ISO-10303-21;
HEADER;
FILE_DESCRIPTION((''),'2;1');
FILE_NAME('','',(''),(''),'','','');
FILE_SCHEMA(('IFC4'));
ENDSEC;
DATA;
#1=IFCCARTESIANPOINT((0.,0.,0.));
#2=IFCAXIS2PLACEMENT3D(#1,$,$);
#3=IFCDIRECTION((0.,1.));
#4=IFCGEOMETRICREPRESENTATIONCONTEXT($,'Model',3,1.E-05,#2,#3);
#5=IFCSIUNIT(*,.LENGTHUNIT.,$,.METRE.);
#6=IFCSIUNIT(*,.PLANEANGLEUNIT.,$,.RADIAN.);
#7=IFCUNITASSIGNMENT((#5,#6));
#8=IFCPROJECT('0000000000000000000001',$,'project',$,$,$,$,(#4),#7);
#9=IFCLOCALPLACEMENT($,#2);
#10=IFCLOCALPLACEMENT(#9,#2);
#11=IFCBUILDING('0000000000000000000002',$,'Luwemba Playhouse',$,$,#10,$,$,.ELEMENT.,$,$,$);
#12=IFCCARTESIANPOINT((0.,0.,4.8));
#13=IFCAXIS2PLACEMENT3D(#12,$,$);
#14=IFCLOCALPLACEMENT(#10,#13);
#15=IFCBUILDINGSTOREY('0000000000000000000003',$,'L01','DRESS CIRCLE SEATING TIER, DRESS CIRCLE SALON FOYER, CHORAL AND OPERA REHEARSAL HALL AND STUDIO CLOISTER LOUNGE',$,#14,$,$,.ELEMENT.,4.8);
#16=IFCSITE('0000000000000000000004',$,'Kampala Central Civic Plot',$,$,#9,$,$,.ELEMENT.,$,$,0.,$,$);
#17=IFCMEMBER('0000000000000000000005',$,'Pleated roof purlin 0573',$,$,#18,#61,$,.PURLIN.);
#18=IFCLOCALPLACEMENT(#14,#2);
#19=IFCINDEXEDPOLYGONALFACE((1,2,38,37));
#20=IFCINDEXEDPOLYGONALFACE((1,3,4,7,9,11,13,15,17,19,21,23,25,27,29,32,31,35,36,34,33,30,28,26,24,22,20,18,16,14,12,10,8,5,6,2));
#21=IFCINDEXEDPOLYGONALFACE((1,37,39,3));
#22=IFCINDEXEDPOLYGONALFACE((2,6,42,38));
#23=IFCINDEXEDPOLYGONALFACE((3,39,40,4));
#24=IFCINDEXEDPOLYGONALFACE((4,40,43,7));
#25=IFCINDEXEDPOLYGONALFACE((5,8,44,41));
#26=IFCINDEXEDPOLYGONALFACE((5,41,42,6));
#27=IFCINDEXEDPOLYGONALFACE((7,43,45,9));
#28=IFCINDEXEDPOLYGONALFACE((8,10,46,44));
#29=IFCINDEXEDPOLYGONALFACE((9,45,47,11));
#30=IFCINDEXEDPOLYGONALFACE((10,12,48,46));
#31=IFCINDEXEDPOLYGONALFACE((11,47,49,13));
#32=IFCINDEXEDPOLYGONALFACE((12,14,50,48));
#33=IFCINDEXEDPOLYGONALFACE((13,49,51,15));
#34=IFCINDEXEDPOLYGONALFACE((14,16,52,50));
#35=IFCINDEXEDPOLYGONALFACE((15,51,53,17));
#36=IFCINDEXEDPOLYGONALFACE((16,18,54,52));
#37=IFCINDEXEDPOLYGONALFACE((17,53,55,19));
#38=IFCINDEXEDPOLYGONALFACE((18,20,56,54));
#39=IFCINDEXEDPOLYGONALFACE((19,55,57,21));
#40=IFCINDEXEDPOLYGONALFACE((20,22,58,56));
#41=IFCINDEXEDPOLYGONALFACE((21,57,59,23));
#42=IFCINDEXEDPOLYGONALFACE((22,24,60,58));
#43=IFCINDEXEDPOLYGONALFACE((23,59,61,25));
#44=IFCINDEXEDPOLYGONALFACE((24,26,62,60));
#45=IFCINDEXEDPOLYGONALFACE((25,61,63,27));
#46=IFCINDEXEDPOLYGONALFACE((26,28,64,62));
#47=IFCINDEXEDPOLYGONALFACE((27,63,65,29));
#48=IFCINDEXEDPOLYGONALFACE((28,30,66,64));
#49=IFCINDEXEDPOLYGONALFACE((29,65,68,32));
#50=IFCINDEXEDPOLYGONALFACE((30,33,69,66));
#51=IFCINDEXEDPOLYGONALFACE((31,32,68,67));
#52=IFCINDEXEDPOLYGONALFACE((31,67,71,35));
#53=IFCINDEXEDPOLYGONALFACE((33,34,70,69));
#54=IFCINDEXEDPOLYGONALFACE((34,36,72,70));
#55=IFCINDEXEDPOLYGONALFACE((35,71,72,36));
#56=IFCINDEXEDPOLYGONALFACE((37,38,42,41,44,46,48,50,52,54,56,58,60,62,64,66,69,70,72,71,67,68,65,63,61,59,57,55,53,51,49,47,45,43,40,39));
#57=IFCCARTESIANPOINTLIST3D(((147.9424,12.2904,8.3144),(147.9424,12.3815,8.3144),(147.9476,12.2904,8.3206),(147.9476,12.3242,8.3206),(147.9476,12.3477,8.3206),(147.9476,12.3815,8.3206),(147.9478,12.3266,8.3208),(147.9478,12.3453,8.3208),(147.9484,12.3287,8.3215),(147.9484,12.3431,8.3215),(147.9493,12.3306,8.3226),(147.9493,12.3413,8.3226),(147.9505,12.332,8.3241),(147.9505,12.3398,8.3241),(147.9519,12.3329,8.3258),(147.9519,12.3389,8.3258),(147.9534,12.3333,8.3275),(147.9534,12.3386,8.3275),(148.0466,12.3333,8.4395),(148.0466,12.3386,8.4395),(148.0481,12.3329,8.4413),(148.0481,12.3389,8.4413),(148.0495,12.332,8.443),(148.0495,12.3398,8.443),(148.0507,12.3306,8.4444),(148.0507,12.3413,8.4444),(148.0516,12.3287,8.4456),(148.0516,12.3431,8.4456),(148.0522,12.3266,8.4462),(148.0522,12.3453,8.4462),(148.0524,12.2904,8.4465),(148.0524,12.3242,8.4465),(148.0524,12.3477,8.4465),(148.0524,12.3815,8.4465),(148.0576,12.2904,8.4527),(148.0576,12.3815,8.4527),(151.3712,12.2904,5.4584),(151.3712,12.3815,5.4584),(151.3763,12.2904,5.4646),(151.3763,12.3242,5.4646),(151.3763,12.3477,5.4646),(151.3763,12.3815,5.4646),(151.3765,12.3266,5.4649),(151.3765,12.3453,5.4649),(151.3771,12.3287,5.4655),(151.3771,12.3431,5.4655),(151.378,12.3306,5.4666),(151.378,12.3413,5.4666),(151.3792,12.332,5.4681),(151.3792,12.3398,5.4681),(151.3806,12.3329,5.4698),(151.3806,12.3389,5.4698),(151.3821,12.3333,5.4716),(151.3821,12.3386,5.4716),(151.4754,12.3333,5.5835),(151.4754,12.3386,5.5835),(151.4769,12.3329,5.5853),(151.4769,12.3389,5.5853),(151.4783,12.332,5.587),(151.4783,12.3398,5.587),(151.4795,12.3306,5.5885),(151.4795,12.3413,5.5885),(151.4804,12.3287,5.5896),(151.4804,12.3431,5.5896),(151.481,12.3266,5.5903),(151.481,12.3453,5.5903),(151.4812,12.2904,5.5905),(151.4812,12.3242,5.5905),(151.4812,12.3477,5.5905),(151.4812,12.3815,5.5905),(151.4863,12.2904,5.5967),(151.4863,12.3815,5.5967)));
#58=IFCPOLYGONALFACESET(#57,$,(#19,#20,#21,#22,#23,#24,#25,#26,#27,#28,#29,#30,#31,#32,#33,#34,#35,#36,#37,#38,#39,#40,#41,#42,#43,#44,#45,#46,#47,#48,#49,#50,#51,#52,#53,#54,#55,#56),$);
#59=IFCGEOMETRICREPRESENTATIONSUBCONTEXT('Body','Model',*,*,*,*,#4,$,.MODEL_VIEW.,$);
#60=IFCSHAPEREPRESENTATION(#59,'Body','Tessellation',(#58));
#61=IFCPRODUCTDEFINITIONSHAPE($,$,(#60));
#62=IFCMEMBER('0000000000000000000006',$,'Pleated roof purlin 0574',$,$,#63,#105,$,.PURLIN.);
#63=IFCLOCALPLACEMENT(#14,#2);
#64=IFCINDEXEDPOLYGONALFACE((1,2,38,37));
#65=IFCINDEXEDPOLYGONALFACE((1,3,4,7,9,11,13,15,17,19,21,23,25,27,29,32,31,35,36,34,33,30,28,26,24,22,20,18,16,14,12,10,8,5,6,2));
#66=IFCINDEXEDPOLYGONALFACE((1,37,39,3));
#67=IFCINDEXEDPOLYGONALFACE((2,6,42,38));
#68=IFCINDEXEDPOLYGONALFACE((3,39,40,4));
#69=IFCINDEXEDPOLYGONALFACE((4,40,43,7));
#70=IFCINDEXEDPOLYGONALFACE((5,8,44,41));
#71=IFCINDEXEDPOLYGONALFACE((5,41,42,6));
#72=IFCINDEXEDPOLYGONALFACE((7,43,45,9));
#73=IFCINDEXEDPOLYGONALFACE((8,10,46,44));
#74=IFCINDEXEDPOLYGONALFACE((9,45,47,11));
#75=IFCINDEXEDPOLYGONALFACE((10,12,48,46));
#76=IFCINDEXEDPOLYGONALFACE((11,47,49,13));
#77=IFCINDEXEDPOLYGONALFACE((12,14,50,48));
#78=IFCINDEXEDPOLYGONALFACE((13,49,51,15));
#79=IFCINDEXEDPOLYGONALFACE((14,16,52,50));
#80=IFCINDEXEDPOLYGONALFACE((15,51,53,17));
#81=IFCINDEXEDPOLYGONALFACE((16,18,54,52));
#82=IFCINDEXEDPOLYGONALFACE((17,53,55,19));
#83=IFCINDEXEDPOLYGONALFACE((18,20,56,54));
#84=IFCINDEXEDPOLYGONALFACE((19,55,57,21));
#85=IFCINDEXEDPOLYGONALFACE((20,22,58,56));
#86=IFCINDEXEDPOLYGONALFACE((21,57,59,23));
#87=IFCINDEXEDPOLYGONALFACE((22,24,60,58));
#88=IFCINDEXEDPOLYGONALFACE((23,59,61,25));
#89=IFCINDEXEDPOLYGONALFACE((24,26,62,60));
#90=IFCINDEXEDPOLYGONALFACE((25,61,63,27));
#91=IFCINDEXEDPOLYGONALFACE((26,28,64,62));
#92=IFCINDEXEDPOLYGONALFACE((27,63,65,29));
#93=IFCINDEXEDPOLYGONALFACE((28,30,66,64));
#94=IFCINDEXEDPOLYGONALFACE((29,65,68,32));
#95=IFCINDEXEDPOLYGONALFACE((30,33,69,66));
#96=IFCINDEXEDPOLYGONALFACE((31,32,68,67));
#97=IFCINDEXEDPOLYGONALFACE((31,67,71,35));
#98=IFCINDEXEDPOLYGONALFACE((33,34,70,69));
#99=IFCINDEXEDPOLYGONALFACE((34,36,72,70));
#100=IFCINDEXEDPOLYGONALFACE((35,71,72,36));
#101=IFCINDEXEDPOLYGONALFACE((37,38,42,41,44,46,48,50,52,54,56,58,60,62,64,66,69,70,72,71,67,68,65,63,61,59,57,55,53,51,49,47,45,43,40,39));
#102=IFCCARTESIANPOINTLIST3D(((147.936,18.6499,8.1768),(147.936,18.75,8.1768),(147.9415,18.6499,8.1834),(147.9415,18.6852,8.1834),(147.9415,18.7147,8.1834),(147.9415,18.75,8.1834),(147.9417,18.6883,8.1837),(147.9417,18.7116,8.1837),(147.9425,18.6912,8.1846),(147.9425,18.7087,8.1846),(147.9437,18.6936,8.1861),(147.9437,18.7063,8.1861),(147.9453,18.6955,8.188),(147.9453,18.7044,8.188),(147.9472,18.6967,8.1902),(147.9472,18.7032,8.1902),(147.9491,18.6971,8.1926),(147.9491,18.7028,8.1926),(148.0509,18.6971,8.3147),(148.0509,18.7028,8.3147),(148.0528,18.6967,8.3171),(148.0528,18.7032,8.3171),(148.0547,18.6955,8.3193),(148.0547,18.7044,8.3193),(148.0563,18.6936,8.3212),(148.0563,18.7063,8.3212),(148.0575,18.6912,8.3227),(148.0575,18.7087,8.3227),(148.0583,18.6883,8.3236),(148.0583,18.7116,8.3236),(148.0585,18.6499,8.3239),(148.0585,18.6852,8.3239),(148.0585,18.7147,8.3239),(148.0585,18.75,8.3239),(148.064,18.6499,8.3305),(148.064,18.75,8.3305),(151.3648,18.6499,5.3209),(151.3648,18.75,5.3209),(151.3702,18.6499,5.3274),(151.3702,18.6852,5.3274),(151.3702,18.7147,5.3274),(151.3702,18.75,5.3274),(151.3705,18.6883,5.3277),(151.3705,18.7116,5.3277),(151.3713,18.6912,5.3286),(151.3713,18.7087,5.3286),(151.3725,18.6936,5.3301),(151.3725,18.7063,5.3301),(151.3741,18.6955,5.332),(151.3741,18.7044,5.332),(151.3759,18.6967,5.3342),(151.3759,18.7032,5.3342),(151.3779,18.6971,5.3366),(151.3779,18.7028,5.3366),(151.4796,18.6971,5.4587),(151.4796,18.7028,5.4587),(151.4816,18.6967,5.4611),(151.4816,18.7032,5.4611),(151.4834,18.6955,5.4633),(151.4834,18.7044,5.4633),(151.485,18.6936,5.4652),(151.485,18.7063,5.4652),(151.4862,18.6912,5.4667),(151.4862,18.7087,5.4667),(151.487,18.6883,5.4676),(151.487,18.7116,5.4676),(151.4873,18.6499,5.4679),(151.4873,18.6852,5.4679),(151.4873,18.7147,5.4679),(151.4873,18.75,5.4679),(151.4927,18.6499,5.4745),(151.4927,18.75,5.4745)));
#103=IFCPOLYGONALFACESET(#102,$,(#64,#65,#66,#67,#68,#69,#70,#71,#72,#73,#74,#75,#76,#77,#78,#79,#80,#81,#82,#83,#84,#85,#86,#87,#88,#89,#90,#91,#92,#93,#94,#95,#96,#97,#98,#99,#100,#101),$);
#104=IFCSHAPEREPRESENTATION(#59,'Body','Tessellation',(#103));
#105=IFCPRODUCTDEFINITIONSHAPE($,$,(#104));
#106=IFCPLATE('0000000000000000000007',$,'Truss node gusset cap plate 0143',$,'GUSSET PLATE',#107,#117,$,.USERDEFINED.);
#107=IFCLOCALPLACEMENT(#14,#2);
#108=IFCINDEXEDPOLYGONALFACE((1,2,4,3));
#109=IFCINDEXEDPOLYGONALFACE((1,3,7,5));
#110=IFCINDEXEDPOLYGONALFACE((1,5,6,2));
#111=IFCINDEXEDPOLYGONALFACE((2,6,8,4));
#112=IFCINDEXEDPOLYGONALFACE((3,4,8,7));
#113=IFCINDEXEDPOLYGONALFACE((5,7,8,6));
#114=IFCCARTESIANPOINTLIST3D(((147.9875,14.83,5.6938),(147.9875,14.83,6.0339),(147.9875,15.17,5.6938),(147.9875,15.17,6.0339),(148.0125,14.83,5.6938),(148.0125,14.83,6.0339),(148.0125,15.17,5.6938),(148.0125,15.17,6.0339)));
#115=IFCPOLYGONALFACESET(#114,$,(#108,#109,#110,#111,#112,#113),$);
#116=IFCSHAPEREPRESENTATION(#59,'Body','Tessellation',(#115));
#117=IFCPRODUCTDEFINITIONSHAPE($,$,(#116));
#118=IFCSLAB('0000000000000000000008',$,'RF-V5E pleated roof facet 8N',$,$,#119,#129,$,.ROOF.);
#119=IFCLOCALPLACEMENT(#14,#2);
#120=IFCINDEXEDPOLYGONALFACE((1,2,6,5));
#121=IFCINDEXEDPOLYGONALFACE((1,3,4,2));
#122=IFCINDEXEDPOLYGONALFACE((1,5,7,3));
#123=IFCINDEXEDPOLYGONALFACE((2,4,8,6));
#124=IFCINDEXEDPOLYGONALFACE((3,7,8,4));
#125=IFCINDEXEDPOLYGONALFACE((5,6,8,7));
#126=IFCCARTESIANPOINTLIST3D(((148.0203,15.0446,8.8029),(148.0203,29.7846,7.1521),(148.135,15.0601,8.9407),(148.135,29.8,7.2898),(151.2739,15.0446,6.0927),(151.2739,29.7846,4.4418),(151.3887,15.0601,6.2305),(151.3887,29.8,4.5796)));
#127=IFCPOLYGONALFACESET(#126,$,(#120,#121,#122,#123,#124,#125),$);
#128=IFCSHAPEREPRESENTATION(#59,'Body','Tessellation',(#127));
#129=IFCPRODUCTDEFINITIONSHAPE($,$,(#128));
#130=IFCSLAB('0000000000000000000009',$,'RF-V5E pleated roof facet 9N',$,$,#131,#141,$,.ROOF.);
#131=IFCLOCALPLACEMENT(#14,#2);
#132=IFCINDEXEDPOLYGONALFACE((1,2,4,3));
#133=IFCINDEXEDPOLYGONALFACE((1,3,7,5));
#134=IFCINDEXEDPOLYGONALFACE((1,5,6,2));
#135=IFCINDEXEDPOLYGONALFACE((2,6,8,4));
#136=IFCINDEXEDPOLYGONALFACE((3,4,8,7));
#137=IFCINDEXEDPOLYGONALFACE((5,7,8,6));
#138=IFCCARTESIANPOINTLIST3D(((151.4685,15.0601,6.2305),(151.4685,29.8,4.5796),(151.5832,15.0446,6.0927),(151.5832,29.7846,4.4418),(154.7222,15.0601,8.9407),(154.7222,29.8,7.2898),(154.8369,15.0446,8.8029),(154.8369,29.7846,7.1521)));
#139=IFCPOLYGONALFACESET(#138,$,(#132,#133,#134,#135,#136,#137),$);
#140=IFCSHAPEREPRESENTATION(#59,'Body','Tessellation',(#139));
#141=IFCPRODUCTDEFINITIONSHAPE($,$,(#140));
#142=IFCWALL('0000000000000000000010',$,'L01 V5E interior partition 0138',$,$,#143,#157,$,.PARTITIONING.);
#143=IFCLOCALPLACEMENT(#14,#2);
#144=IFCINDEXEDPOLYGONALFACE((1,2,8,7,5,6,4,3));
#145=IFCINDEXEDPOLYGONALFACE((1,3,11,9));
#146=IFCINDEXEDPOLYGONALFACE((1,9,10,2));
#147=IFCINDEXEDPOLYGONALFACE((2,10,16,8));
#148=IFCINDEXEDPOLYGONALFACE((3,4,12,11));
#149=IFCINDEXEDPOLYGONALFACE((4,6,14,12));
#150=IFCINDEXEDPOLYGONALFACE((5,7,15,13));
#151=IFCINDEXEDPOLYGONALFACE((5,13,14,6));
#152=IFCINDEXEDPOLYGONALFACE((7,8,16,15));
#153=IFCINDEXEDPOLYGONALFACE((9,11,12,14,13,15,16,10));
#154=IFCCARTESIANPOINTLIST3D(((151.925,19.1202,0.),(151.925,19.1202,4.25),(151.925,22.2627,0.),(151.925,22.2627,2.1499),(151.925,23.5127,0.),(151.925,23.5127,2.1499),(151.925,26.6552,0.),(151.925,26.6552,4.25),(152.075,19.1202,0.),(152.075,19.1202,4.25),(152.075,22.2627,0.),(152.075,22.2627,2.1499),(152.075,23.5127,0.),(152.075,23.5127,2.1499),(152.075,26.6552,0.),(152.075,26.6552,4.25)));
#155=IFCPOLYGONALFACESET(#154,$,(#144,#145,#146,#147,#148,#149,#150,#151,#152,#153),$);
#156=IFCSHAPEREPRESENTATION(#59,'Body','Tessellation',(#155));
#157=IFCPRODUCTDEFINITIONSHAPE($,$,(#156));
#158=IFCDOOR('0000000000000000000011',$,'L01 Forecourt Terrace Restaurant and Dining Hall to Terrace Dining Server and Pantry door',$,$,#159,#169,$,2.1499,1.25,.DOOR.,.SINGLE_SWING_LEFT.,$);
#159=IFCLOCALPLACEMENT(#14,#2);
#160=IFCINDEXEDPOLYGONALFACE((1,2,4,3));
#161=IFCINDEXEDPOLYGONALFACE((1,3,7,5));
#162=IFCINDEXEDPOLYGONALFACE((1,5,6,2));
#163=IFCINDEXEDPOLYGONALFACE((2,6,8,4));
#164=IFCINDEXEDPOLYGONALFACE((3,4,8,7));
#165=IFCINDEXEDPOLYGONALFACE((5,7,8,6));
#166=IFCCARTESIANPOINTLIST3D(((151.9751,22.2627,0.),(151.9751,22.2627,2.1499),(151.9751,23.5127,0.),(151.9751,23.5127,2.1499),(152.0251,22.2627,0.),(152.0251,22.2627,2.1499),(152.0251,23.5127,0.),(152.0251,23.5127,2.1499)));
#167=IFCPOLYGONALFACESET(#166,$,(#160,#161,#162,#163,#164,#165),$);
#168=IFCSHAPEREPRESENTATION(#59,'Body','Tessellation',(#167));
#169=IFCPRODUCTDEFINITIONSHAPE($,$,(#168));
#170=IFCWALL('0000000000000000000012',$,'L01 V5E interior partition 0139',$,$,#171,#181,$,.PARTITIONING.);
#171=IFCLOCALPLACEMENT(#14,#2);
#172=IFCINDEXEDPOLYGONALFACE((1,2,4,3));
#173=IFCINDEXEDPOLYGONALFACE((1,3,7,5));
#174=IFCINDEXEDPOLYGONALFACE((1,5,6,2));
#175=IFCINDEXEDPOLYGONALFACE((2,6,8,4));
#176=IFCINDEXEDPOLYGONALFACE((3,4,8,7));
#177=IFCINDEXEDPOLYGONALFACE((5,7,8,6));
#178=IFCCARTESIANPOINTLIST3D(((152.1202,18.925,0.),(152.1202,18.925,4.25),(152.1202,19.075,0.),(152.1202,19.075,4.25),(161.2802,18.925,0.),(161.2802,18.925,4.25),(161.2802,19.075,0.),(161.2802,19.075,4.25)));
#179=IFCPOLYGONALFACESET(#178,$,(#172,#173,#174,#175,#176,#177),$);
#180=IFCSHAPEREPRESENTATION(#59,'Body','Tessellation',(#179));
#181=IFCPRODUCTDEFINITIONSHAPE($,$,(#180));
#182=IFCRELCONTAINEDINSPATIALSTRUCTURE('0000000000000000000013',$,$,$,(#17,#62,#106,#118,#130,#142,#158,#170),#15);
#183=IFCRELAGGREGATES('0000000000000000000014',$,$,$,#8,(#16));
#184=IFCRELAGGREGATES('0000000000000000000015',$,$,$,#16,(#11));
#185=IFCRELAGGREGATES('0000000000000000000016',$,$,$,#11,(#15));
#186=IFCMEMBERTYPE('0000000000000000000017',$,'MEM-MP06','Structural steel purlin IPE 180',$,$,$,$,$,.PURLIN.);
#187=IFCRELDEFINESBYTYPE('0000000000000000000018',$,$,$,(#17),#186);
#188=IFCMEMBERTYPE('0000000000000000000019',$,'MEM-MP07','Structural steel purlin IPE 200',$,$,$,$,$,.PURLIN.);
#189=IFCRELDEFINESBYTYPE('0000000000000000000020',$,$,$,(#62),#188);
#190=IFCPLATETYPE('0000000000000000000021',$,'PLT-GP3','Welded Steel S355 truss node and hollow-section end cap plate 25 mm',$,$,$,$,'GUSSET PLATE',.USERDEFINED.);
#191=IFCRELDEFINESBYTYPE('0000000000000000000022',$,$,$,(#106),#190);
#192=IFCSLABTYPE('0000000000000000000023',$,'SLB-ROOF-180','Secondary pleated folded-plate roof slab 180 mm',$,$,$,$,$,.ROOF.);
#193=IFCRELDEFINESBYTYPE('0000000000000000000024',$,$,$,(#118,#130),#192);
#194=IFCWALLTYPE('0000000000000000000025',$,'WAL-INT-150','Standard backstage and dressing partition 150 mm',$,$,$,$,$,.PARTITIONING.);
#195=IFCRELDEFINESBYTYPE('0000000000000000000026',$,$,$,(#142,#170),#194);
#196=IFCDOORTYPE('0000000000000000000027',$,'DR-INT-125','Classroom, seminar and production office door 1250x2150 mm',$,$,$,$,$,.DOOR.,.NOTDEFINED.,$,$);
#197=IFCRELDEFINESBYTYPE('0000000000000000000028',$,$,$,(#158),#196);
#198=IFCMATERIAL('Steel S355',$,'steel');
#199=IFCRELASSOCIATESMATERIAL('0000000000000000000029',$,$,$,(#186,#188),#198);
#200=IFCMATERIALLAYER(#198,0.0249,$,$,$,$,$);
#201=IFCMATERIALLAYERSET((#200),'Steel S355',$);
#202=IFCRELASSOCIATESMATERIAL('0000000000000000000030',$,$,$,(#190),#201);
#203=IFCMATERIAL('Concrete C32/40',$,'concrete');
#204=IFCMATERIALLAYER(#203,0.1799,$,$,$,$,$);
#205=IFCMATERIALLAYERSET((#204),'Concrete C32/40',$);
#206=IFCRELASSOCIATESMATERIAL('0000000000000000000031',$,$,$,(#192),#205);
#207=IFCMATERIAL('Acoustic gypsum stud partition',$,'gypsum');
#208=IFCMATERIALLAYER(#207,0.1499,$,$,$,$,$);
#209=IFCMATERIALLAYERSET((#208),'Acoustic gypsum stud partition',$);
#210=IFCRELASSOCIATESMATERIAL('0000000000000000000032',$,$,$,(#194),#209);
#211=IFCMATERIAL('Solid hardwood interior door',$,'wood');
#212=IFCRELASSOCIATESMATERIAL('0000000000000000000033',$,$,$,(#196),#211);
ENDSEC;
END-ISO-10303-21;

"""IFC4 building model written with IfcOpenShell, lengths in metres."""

from ifc_helpers import new_model, si_unit, direction, frame, frame_2d, origin, origin_2d, place, context, subcontext, project, spatial, polyline, rectangle, i_section, outline, extrude, material, layer, layer_set, material_profile, profile_set, type_object, element, fill, save


model = new_model("IFC4")

# Units and contexts
model_context = context("Model", 3, precision=1e-05, world=origin(), true_north=direction((0.0, 1.0)))
body_context = subcontext(model_context, "Body", "Model", "MODEL_VIEW")
ifc_project = project(units=[si_unit("LENGTHUNIT", "METRE"), si_unit("PLANEANGLEUNIT", "RADIAN")], contexts=[model_context])

# Site, building, storey
site_placement = place(None, origin())
site = spatial("IfcSite", under=ifc_project, at=site_placement, Name="Kampala Central Civic Plot", CompositionType="ELEMENT", RefElevation=0.0)
building_placement = place(site_placement, origin())
building = spatial("IfcBuilding", under=site, at=building_placement, Name="Luwemba Playhouse", CompositionType="ELEMENT")
storey_placement = place(building_placement, frame((0.0, 0.0, 4.8)))
storey = spatial("IfcBuildingStorey", under=building, at=storey_placement, Name="L01", Description="DRESS CIRCLE SEATING TIER, DRESS CIRCLE SALON FOYER, CHORAL AND OPERA REHEARSAL HALL AND STUDIO CLOISTER LOUNGE", CompositionType="ELEMENT", Elevation=4.8)

# Shared definitions
ifc_material_1 = material(Name="Steel S355", Category="steel")

# Members
ifc_material_profile_1 = material_profile(ifc_material_1, i_section(OverallWidth=0.0911, OverallDepth=0.1799, WebThickness=0.0054, FlangeThickness=0.0081, FilletRadius=0.009, at=origin_2d()))
ifc_profile_set_1 = profile_set([ifc_material_profile_1], Name="Steel S355")
member_type_1 = type_object("IfcMemberType", Name="MEM-MP06", Description="Structural steel purlin IPE 180", PredefinedType="PURLIN", material=ifc_profile_set_1)
member_1_placement = place(storey_placement, frame((148.0, 12.3359, 8.3835), z_axis=(0.768365, 0.0, -0.640012), x_axis=(0.0, 1.0, 0.0)))
element("IfcMember", 1, at=member_1_placement, inside=storey, type_object=member_type_1, Name="Pleated roof purlin 0573", PredefinedType="PURLIN", context=body_context, shape_type="SweptSolid", body=[
    extrude(i_section(OverallWidth=0.0911, OverallDepth=0.1799, WebThickness=0.0054, FlangeThickness=0.0081, FilletRadius=0.009, at=origin_2d()), origin(), (0.0, 0.0, 1.0), 4.4624),
])
ifc_material_profile_2 = material_profile(ifc_material_1, i_section(OverallWidth=0.1001, OverallDepth=0.2, WebThickness=0.0056, FlangeThickness=0.0085, FilletRadius=0.012, at=origin_2d()))
ifc_profile_set_2 = profile_set([ifc_material_profile_2], Name="Steel S355")
member_type_2 = type_object("IfcMemberType", Name="MEM-MP07", Description="Structural steel purlin IPE 200", PredefinedType="PURLIN", material=ifc_profile_set_2)
member_2_placement = place(storey_placement, frame((148.0, 18.7, 8.2537), z_axis=(0.768365, 0.0, -0.640012), x_axis=(0.0, 1.0, 0.0)))
element("IfcMember", 2, at=member_2_placement, inside=storey, type_object=member_type_2, Name="Pleated roof purlin 0574", PredefinedType="PURLIN", context=body_context, shape_type="SweptSolid", body=[
    extrude(i_section(OverallWidth=0.1001, OverallDepth=0.2, WebThickness=0.0056, FlangeThickness=0.0085, FilletRadius=0.012, at=origin_2d()), origin(), (0.0, 0.0, 1.0), 4.4624),
])

# Plate
ifc_layer_1 = layer(ifc_material_1, 0.0249)
ifc_layer_set_1 = layer_set([ifc_layer_1], Name="Steel S355")
plate_type = type_object("IfcPlateType", Name="PLT-GP3", Description="Welded Steel S355 truss node and hollow-section end cap plate 25 mm", ElementType="GUSSET PLATE", PredefinedType="USERDEFINED", material=ifc_layer_set_1)
plate_placement = place(storey_placement, frame((148.0, 15.0, 5.6938), z_axis=(0.0, 0.0, 1.0), x_axis=(1.0, 0.0, 0.0)))
element("IfcPlate", 3, at=plate_placement, inside=storey, type_object=plate_type, Name="Truss node gusset cap plate 0143", ObjectType="GUSSET PLATE", PredefinedType="USERDEFINED", context=body_context, shape_type="SweptSolid", body=[
    extrude(rectangle(XDim=0.0249, YDim=0.3401, at=origin_2d()), origin(), (0.0, 0.0, 1.0), 0.3401),
])

# Slabs
ifc_material_2 = material(Name="Concrete C32/40", Category="concrete")
ifc_layer_2 = layer(ifc_material_2, 0.1799)
ifc_layer_set_2 = layer_set([ifc_layer_2], Name="Concrete C32/40")
slab_type = type_object("IfcSlabType", Name="SLB-ROOF-180", Description="Secondary pleated folded-plate roof slab 180 mm", PredefinedType="ROOF", material=ifc_layer_set_2)
slab_1_placement = place(storey_placement, frame((148.135, 15.0601, 8.9407), z_axis=(0.637663, 0.085739, 0.765529), x_axis=(0.768358, 0.0, -0.64002)))
element("IfcSlab", 4, at=slab_1_placement, inside=storey, type_object=slab_type, Name="RF-V5E pleated roof facet 8N", PredefinedType="ROOF", context=body_context, shape_type="SweptSolid", body=[
    extrude(outline(polyline([(0.0, 0.0), (4.2346, 0.0), (5.2912, 14.7945), (1.0566, 14.7945), (0.0, 0.0)])), origin(), (0.0, 0.0, -1.0), 0.1799),
])
slab_2_placement = place(storey_placement, frame((151.4685, 15.0601, 6.2305), z_axis=(-0.637663, 0.085739, 0.765529), x_axis=(0.768358, 0.0, 0.64002)))
element("IfcSlab", 5, at=slab_2_placement, inside=storey, type_object=slab_type, Name="RF-V5E pleated roof facet 9N", PredefinedType="ROOF", context=body_context, shape_type="SweptSolid", body=[
    extrude(outline(polyline([(0.0, 0.0), (4.2346, 0.0), (3.178, 14.7945), (-1.0566, 14.7945), (0.0, 0.0)])), origin(), (0.0, 0.0, -1.0), 0.1799),
])

# Wall, opening, door
ifc_material_3 = material(Name="Acoustic gypsum stud partition", Category="gypsum")
ifc_layer_3 = layer(ifc_material_3, 0.1499)
ifc_layer_set_3 = layer_set([ifc_layer_3], Name="Acoustic gypsum stud partition")
wall_type = type_object("IfcWallType", Name="WAL-INT-150", Description="Standard backstage and dressing partition 150 mm", PredefinedType="PARTITIONING", material=ifc_layer_set_3)
wall_1_placement = place(storey_placement, frame((152.0, 19.1201, 0.0), z_axis=(0.0, 0.0, 1.0), x_axis=(0.0, 1.0, 0.0)))
wall_1 = element("IfcWall", 6, at=wall_1_placement, inside=storey, type_object=wall_type, Name="L01 V5E interior partition 0138", PredefinedType="PARTITIONING", context=body_context, shape_type="SweptSolid", body=[
    extrude(rectangle(XDim=7.5349, YDim=0.1499, at=frame_2d((3.7676, 0.0))), origin(), (0.0, 0.0, 1.0), 4.25),
])
opening_placement = place(wall_1_placement, frame((3.1426, 0.0, 0.0)))
opening = element("IfcOpeningElement", 7, at=opening_placement, cuts=wall_1, PredefinedType="OPENING", context=body_context, shape_type="SweptSolid", body=[
    extrude(rectangle(XDim=1.25, YDim=2.1499, at=frame_2d((0.625, 1.075))), frame((0.0, 0.085, 0.0), z_axis=(0.0, -1.0, 0.0), x_axis=(1.0, 0.0, 0.0)), (0.0, 0.0, 1.0), 0.1699),
])
ifc_material_4 = material(Name="Solid hardwood interior door", Category="wood")
door_type = type_object("IfcDoorType", Name="DR-INT-125", Description="Classroom, seminar and production office door 1250x2150 mm", OperationType="NOTDEFINED", PredefinedType="DOOR", material=ifc_material_4)
door_placement = place(opening_placement, origin())
door = element("IfcDoor", 8, at=door_placement, inside=storey, type_object=door_type, Name="L01 Forecourt Terrace Restaurant and Dining Hall to Terrace Dining Server and Pantry door", OperationType="SINGLE_SWING_LEFT", OverallHeight=2.1499, OverallWidth=1.25, PredefinedType="DOOR", context=body_context, shape_type="SweptSolid", body=[
    extrude(rectangle(XDim=1.25, YDim=2.1499, at=frame_2d((0.625, 1.075))), frame((0.0, 0.0249, 0.0), z_axis=(0.0, -1.0, 0.0), x_axis=(1.0, 0.0, 0.0)), (0.0, 0.0, 1.0), 0.05),
])
fill(opening, door)

# Wall
wall_2_placement = place(storey_placement, frame((152.1201, 19.0, 0.0), z_axis=(0.0, 0.0, 1.0), x_axis=(1.0, 0.0, 0.0)))
element("IfcWall", 9, at=wall_2_placement, inside=storey, type_object=wall_type, Name="L01 V5E interior partition 0139", PredefinedType="PARTITIONING", context=body_context, shape_type="SweptSolid", body=[
    extrude(rectangle(XDim=9.1599, YDim=0.1499, at=frame_2d((4.5801, 0.0))), origin(), (0.0, 0.0, 1.0), 4.25),
])

save(model, "model.ifc")
